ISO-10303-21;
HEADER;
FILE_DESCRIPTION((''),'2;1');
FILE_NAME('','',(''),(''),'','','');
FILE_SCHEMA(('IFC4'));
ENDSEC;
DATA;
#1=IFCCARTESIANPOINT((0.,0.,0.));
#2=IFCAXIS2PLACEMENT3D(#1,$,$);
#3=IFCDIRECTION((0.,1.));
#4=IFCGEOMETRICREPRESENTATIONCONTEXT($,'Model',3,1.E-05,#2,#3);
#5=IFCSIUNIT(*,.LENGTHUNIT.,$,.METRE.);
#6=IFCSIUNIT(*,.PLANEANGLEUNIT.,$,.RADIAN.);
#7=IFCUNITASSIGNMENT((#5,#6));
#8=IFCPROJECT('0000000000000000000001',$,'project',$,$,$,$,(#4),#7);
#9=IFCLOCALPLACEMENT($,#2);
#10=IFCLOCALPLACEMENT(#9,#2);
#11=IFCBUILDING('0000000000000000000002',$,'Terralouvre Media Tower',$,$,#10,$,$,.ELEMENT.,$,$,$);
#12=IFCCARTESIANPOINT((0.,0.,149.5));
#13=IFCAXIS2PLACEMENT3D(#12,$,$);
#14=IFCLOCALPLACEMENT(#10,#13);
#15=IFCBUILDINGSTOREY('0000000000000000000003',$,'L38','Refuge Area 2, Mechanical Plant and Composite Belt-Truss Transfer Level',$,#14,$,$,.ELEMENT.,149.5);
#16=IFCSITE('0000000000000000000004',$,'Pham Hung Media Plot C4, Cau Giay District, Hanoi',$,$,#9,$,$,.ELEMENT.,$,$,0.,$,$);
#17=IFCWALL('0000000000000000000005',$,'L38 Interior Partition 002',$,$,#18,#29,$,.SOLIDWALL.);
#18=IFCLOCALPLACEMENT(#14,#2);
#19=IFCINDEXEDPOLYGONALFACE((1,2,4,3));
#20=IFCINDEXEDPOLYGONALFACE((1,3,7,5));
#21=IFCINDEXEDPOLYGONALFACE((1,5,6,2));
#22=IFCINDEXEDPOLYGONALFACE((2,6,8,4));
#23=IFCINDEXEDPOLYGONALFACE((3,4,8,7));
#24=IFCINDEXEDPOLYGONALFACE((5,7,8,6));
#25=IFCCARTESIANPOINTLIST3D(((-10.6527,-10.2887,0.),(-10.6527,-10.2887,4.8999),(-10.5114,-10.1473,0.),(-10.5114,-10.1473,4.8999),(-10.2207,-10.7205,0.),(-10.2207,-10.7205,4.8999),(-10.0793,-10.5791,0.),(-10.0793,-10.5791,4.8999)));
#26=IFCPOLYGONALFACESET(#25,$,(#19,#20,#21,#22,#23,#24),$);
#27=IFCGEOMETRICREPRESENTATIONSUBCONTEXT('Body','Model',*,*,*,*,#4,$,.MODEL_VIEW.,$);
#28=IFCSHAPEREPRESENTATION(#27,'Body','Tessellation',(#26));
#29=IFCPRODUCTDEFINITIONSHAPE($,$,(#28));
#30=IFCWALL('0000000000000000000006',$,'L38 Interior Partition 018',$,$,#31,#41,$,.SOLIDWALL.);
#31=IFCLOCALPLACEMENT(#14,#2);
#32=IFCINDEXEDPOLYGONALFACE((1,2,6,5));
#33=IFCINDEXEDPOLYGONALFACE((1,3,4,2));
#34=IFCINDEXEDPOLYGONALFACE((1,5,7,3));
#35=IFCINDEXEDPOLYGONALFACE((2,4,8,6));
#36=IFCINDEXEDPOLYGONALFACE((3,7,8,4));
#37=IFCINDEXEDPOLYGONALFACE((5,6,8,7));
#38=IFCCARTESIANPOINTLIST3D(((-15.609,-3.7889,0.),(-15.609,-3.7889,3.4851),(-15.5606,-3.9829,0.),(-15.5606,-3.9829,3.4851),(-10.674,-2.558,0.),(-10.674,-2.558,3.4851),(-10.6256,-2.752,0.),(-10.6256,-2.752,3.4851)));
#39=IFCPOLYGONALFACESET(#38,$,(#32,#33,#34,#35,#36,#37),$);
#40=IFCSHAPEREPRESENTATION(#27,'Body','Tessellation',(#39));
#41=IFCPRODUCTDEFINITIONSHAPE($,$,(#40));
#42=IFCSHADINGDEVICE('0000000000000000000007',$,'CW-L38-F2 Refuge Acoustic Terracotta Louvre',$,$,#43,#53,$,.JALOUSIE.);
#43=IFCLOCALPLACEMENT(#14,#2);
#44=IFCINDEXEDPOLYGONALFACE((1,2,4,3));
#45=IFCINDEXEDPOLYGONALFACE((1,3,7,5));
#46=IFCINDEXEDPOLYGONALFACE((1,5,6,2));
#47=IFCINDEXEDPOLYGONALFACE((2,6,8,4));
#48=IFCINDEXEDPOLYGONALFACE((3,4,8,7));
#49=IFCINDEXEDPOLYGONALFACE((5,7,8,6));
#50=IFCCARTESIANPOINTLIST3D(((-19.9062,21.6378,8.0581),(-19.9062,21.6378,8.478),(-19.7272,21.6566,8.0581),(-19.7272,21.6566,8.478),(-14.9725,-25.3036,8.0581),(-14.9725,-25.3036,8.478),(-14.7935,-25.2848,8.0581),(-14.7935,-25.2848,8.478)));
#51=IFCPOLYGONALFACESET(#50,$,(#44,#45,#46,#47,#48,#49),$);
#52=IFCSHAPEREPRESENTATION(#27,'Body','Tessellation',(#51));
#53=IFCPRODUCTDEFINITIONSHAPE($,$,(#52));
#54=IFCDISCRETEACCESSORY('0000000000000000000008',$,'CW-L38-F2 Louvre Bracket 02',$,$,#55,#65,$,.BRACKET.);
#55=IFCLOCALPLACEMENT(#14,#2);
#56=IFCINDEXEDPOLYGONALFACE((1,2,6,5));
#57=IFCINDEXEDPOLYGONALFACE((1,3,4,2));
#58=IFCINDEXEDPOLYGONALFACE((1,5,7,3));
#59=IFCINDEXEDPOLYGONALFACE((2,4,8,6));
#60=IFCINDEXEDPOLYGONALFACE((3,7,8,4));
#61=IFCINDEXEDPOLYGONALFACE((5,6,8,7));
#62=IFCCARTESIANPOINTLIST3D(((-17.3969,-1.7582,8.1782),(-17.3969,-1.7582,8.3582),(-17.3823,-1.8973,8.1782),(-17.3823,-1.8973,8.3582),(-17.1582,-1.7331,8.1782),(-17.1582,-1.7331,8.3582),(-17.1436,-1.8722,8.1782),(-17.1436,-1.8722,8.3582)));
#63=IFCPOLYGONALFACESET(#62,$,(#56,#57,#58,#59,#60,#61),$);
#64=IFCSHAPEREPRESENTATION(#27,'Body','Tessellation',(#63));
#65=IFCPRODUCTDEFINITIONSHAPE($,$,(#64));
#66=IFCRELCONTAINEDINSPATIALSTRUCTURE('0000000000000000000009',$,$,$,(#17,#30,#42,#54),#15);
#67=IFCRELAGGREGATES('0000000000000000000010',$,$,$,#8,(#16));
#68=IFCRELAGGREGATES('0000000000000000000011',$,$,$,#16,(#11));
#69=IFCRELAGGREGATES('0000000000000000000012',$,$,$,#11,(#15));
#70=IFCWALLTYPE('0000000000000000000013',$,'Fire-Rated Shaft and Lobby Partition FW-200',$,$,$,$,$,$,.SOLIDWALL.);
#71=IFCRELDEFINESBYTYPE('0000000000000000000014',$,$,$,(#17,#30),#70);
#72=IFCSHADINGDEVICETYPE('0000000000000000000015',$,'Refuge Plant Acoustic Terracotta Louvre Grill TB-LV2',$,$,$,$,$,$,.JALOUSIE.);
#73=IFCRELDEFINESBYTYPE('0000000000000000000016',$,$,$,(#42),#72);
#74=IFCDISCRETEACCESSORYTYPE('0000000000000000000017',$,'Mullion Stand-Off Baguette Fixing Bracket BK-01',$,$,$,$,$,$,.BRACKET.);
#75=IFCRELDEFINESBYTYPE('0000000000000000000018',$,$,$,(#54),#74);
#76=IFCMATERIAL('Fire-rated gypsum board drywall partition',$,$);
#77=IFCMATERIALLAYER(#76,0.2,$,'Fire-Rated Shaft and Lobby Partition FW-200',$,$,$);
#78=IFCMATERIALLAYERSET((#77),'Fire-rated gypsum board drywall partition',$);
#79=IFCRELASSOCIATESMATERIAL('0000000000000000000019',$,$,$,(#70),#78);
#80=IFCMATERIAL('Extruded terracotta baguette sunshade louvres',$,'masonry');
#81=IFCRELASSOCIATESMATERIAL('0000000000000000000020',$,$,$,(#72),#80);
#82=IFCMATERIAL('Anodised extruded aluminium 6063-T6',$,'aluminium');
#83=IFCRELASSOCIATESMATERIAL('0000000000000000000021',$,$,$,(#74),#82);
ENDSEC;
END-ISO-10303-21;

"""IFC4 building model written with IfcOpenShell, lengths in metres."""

from ifc_helpers import new_model, si_unit, direction, frame, frame_2d, origin, origin_2d, place, context, subcontext, project, spatial, rectangle, extrude, material, layer, layer_set, type_object, element, save


model = new_model("IFC4")

# Units and contexts
model_context = context("Model", 3, precision=1e-05, world=origin(), true_north=direction((0.0, 1.0)))
body_context = subcontext(model_context, "Body", "Model", "MODEL_VIEW")
ifc_project = project(units=[si_unit("LENGTHUNIT", "METRE"), si_unit("PLANEANGLEUNIT", "RADIAN")], contexts=[model_context])

# Site, building, storey
site_placement = place(None, origin())
site = spatial("IfcSite", under=ifc_project, at=site_placement, Name="Pham Hung Media Plot C4, Cau Giay District, Hanoi", CompositionType="ELEMENT", RefElevation=0.0)
building_placement = place(site_placement, origin())
building = spatial("IfcBuilding", under=site, at=building_placement, Name="Terralouvre Media Tower", CompositionType="ELEMENT")
storey_placement = place(building_placement, frame((0.0, 0.0, 149.5)))
storey = spatial("IfcBuildingStorey", under=building, at=storey_placement, Name="L38", Description="Refuge Area 2, Mechanical Plant and Composite Belt-Truss Transfer Level", CompositionType="ELEMENT", Elevation=149.5)

# Shared definitions
ifc_material_1 = material(Name="Fire-rated gypsum board drywall partition")
ifc_layer_1 = layer(ifc_material_1, 0.2, Name="Fire-Rated Shaft and Lobby Partition FW-200")
ifc_layer_set_1 = layer_set([ifc_layer_1], Name="Fire-rated gypsum board drywall partition")
wall_type = type_object("IfcWallType", Name="Fire-Rated Shaft and Lobby Partition FW-200", PredefinedType="SOLIDWALL", material=ifc_layer_set_1)

# Walls
wall_1_placement = place(storey_placement, frame((-10.582, -10.218, 0.0), z_axis=(0.0, 0.0, 1.0), x_axis=(0.707307, -0.706907, 0.0)))
element("IfcWall", 1, at=wall_1_placement, inside=storey, type_object=wall_type, Name="L38 Interior Partition 002", PredefinedType="SOLIDWALL", context=body_context, shape_type="SweptSolid", body=[
    extrude(rectangle(XDim=0.6108, YDim=0.2, at=frame_2d((0.3054, 0.0))), origin(), (0.0, 0.0, 1.0), 4.8999),
])
wall_2_placement = place(storey_placement, frame((-10.6499, -2.655, 0.0), z_axis=(0.0, 0.0, 1.0), x_axis=(-0.970272, -0.242016, 0.0)))
element("IfcWall", 2, at=wall_2_placement, inside=storey, type_object=wall_type, Name="L38 Interior Partition 018", PredefinedType="SOLIDWALL", context=body_context, shape_type="SweptSolid", body=[
    extrude(rectangle(XDim=5.0862, YDim=0.2, at=frame_2d((2.543, 0.0))), origin(), (0.0, 0.0, 1.0), 3.4851),
])

# Shading device
ifc_material_2 = material(Name="Extruded terracotta baguette sunshade louvres", Category="masonry")
shading_device_type = type_object("IfcShadingDeviceType", Name="Refuge Plant Acoustic Terracotta Louvre Grill TB-LV2", PredefinedType="JALOUSIE", material=ifc_material_2)
shading_device_placement = place(storey_placement, frame((-17.3499, -1.8235, 8.0581), z_axis=(0.0, 0.0, 1.0), x_axis=(0.104528, -0.994522, 0.0)))
element("IfcShadingDevice", 3, at=shading_device_placement, inside=storey, type_object=shading_device_type, Name="CW-L38-F2 Refuge Acoustic Terracotta Louvre", PredefinedType="JALOUSIE", context=body_context, shape_type="SweptSolid", body=[
    extrude(rectangle(XDim=47.2, YDim=0.1799, at=origin_2d()), origin(), (0.0, 0.0, 1.0), 0.4199),
])

# Discrete accessory
ifc_material_3 = material(Name="Anodised extruded aluminium 6063-T6", Category="aluminium")
discrete_accessory_type = type_object("IfcDiscreteAccessoryType", Name="Mullion Stand-Off Baguette Fixing Bracket BK-01", PredefinedType="BRACKET", material=ifc_material_3)
discrete_accessory_placement = place(storey_placement, frame((-17.2703, -1.8152, 8.1782), z_axis=(0.0, 0.0, 1.0), x_axis=(0.104528, -0.994522, 0.0)))
element("IfcDiscreteAccessory", 4, at=discrete_accessory_placement, inside=storey, type_object=discrete_accessory_type, Name="CW-L38-F2 Louvre Bracket 02", PredefinedType="BRACKET", context=body_context, shape_type="SweptSolid", body=[
    extrude(rectangle(XDim=0.1399, YDim=0.24, at=origin_2d()), origin(), (0.0, 0.0, 1.0), 0.1799),
])

save(model, "model.ifc")
